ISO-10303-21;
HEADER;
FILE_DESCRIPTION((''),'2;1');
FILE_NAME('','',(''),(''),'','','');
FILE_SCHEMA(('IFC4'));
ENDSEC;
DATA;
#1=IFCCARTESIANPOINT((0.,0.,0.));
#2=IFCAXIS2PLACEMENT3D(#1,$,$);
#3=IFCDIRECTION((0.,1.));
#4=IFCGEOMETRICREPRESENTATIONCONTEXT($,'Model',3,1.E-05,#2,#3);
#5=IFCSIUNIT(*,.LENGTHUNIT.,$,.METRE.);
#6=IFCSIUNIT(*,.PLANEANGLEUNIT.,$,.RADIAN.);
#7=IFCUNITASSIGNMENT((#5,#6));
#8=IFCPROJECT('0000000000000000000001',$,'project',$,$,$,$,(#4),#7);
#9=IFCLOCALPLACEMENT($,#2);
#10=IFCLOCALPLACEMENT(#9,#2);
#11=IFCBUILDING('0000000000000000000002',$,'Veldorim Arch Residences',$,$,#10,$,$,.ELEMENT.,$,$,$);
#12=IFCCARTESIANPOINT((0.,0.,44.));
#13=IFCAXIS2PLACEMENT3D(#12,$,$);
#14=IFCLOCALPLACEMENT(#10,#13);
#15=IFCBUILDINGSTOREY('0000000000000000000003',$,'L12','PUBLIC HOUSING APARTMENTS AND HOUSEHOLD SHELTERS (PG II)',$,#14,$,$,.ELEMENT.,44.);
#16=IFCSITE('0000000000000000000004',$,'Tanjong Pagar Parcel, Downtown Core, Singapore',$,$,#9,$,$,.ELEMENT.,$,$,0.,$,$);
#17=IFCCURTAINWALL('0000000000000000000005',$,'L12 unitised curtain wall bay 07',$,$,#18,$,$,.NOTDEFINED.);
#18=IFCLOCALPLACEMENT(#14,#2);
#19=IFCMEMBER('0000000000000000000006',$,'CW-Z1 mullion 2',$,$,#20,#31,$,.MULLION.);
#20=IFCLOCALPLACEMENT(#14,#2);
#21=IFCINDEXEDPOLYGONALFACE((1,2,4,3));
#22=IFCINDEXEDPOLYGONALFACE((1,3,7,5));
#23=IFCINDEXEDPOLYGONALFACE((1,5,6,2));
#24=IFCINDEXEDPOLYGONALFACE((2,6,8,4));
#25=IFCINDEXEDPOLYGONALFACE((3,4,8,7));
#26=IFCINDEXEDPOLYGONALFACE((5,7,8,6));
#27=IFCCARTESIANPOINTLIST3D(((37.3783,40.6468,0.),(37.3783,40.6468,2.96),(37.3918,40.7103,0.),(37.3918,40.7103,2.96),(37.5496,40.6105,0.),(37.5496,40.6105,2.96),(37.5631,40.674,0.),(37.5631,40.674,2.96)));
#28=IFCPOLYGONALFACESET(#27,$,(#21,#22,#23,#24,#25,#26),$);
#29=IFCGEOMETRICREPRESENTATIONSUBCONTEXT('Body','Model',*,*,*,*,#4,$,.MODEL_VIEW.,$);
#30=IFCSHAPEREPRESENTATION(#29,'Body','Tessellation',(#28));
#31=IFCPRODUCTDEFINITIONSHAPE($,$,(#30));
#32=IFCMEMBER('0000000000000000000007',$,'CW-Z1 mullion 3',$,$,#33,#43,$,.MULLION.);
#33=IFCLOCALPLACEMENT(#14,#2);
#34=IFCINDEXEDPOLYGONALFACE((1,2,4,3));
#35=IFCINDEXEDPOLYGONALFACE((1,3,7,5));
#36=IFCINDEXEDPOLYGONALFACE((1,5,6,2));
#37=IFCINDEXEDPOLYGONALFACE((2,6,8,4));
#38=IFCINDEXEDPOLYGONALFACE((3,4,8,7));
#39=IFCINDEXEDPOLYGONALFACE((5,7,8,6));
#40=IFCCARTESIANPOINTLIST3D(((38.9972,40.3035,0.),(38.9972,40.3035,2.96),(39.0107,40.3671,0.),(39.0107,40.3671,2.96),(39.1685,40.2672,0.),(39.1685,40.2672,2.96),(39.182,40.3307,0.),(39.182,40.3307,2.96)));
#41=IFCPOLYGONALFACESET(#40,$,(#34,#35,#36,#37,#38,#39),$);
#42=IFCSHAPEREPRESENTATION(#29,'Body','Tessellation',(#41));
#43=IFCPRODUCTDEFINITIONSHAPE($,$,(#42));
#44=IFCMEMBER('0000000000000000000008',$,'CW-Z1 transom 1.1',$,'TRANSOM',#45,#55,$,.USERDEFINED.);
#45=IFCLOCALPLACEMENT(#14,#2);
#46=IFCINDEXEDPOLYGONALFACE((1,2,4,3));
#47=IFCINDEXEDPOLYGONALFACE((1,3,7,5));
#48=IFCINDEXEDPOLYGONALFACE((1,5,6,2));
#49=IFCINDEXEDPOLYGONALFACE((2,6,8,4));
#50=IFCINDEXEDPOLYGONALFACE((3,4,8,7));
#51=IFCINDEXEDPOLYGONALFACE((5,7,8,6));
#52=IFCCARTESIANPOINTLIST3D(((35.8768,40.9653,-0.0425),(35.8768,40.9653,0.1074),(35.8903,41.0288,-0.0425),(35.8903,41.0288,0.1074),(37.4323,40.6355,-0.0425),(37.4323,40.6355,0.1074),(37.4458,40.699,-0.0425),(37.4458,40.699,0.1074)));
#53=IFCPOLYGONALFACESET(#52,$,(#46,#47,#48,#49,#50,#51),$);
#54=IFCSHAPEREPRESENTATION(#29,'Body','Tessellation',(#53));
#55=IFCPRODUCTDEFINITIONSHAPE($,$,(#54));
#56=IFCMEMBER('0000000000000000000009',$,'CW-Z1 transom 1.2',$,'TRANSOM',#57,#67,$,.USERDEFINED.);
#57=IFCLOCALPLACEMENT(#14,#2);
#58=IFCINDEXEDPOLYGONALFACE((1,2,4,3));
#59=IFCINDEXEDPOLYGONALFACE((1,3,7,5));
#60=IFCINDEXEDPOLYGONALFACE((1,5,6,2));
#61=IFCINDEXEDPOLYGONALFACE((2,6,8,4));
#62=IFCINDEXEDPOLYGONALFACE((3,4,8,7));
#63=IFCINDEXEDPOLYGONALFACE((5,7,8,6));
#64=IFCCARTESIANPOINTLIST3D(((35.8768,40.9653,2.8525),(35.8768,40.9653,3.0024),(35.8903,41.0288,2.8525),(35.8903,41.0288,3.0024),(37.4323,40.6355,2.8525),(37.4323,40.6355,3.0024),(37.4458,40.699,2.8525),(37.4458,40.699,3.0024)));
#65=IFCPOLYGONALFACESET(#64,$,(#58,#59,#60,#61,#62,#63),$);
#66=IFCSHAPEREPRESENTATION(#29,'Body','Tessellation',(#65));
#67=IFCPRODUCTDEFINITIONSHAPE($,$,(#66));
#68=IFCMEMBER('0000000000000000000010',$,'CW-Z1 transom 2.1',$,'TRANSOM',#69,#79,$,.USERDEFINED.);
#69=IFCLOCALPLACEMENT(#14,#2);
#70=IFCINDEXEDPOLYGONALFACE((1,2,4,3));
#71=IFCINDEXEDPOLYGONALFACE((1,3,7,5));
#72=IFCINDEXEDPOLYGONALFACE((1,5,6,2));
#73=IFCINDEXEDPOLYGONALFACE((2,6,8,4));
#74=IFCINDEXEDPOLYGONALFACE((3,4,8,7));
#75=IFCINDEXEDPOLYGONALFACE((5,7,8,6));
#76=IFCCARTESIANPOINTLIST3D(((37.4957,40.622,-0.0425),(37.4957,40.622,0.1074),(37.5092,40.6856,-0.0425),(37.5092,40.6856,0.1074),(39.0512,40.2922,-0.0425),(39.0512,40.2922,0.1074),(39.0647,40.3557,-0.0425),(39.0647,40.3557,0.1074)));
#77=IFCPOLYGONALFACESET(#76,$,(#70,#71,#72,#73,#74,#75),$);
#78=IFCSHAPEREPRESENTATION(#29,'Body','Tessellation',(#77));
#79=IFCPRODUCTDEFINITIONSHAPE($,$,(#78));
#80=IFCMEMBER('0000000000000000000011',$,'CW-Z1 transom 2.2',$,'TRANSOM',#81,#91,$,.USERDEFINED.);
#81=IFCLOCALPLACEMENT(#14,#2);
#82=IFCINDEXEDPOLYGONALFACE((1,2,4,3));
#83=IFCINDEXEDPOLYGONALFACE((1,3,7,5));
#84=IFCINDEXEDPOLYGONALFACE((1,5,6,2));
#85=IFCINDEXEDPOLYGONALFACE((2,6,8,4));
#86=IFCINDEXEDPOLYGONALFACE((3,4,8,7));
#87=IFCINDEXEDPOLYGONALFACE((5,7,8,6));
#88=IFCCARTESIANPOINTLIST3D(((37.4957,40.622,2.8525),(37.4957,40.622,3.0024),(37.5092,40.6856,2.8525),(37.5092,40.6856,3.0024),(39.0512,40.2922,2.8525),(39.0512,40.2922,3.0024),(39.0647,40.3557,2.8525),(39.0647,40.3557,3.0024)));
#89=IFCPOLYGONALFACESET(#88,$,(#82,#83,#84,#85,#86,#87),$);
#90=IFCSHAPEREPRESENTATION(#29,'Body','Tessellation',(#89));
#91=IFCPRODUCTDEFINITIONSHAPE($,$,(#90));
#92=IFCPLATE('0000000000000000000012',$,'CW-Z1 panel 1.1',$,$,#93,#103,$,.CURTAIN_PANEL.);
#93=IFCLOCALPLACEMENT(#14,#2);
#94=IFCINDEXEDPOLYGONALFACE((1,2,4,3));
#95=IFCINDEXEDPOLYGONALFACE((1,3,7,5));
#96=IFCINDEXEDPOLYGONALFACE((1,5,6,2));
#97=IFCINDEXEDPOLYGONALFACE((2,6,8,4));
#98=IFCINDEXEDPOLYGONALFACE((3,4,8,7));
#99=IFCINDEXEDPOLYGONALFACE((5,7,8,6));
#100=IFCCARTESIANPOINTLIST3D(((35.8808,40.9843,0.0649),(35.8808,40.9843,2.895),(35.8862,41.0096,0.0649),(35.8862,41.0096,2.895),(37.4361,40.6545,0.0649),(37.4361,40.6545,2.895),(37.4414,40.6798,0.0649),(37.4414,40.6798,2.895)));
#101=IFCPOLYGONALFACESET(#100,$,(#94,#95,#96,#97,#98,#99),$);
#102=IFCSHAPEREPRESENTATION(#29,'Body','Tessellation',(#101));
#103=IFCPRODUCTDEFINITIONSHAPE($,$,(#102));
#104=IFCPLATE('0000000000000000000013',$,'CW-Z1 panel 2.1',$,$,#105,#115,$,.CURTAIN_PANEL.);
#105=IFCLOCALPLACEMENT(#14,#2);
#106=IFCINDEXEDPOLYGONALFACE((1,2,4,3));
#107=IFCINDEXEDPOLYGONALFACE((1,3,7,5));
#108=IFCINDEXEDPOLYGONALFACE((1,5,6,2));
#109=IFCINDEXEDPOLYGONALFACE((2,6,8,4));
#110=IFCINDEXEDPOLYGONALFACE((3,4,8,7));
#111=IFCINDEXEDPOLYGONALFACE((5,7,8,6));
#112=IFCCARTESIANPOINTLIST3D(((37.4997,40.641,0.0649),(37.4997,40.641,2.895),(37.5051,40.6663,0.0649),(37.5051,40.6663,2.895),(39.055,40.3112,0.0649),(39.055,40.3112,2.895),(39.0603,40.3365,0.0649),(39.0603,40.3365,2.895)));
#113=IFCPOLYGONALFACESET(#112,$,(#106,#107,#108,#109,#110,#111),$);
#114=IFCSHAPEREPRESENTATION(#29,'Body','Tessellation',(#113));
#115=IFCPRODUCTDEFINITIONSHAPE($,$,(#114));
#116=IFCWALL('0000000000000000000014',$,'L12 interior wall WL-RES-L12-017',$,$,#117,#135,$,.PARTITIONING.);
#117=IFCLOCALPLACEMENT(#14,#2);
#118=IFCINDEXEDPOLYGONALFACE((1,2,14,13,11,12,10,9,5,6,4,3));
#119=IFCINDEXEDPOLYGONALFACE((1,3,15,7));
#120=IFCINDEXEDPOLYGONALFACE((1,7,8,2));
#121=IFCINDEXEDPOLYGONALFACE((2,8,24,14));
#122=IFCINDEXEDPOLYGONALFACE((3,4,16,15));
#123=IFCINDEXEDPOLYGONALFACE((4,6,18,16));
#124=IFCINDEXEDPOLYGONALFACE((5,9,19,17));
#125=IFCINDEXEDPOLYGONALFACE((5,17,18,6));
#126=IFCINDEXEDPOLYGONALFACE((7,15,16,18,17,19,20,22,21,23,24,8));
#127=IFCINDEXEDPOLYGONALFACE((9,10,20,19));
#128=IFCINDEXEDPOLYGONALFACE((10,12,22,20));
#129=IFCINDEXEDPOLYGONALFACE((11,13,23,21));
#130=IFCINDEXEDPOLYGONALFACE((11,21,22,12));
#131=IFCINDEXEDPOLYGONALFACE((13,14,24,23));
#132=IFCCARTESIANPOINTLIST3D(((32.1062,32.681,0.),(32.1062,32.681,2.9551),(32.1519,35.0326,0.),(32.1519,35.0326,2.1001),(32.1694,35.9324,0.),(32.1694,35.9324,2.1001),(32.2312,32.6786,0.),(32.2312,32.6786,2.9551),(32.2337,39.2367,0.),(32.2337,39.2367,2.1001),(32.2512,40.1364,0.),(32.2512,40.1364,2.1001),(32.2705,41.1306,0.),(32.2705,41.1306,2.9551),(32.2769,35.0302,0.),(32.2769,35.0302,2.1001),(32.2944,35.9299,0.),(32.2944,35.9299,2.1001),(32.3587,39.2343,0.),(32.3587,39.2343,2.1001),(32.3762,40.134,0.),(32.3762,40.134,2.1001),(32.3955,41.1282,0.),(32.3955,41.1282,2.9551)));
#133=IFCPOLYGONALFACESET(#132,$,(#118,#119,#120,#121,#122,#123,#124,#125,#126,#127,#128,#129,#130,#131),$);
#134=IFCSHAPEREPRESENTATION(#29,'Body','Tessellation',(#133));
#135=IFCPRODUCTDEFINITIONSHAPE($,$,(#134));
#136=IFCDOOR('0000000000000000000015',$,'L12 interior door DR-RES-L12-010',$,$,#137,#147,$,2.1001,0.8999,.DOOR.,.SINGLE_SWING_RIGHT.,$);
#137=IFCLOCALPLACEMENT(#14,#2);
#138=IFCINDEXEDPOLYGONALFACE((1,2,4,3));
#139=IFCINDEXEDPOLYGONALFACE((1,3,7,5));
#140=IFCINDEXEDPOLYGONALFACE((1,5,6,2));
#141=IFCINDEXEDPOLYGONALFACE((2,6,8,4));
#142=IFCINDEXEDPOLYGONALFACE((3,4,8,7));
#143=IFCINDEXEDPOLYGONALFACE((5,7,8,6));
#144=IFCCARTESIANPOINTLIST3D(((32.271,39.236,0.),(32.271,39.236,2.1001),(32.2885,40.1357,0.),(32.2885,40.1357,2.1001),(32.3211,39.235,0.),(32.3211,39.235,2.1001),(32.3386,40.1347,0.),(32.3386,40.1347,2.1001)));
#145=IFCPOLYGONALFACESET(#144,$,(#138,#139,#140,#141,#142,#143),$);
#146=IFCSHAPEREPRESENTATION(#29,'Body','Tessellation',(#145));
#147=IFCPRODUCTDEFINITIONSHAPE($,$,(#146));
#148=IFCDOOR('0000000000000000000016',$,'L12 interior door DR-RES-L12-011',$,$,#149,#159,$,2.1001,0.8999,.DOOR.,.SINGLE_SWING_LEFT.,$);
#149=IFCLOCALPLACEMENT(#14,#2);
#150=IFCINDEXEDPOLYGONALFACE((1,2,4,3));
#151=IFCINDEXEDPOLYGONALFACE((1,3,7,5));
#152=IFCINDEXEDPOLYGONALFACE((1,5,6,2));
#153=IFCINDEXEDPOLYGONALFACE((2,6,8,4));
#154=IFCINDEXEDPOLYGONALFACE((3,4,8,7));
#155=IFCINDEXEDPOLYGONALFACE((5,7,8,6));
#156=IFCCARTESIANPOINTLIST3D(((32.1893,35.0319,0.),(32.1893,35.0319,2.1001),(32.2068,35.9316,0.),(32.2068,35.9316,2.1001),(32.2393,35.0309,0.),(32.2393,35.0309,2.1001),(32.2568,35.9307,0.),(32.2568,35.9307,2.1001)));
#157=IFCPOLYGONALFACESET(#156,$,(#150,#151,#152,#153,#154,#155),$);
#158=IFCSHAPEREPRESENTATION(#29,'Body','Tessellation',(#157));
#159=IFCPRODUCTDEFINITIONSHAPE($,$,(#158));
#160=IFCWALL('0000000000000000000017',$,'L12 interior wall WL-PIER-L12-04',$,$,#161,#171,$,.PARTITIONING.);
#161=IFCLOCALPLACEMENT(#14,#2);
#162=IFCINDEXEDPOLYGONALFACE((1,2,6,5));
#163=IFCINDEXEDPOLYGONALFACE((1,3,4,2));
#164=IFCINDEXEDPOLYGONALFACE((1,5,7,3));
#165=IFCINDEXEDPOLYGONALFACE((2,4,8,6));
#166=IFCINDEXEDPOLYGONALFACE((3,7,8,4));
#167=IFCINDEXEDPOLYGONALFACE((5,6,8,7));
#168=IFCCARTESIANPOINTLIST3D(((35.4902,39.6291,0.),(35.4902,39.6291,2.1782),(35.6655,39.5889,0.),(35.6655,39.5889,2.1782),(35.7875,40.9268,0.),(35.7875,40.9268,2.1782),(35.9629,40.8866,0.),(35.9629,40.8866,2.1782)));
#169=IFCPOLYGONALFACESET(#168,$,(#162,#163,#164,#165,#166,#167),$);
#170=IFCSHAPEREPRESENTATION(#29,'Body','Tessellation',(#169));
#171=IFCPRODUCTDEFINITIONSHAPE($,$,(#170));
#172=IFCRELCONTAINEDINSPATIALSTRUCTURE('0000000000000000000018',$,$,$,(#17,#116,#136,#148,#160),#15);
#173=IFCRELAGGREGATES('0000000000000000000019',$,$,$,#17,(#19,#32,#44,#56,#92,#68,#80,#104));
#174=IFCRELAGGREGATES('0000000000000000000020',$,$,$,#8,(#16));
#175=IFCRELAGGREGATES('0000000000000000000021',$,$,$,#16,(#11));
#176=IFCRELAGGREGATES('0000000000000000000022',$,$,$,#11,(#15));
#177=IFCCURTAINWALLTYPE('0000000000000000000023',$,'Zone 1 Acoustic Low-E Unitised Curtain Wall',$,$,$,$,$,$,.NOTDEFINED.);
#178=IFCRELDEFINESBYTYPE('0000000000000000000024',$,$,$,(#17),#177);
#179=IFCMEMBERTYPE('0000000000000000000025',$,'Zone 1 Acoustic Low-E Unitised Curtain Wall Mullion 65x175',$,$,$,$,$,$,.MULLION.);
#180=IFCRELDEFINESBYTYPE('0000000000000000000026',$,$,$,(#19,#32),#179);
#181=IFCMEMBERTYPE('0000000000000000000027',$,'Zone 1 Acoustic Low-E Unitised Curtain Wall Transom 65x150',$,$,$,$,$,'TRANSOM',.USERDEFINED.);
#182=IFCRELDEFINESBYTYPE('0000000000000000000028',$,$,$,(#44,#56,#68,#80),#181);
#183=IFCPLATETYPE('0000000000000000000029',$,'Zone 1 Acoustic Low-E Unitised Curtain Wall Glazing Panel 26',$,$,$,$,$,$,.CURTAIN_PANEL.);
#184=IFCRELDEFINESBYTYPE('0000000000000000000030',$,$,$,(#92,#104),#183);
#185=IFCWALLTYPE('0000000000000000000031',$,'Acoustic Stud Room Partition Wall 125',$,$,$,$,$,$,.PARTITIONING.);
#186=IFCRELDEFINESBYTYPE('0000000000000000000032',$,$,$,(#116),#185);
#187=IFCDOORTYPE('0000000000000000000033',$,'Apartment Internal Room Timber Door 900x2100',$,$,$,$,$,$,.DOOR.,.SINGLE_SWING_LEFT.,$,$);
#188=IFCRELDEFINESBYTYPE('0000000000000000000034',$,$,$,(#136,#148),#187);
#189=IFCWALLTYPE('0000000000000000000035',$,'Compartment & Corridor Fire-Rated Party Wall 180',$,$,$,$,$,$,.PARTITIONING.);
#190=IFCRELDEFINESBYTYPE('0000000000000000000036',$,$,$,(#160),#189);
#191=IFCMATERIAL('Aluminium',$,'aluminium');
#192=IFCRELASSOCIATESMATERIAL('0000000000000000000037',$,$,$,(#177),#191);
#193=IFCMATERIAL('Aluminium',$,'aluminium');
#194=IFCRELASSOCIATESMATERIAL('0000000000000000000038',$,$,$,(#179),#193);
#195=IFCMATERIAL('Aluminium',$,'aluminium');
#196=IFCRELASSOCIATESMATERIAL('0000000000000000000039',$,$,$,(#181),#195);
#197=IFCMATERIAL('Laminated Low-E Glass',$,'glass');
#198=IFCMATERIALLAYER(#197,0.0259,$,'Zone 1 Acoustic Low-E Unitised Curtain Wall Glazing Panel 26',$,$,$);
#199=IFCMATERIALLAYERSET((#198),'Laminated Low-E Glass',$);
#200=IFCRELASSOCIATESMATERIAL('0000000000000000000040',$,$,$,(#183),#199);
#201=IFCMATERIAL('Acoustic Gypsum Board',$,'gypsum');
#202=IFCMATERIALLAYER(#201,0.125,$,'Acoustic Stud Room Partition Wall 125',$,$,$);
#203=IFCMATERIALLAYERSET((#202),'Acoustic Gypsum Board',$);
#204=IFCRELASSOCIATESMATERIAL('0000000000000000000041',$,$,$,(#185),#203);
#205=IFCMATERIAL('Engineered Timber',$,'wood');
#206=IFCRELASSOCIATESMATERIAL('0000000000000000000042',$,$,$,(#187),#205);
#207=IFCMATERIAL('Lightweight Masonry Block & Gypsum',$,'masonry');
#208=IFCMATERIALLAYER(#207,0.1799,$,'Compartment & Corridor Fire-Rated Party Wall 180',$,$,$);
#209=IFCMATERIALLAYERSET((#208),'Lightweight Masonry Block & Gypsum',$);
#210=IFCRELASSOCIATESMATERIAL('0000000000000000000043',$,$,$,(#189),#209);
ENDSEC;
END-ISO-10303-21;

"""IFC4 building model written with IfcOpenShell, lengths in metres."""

from ifc_helpers import new_model, si_unit, direction, frame, frame_2d, origin, origin_2d, place, context, subcontext, project, spatial, rectangle, extrude, material, layer, layer_set, material_profile, profile_set, type_object, element, fill, aggregate, save


model = new_model("IFC4")

# Units and contexts
model_context = context("Model", 3, precision=1e-05, world=origin(), true_north=direction((0.0, 1.0)))
body_context = subcontext(model_context, "Body", "Model", "MODEL_VIEW")
ifc_project = project(units=[si_unit("LENGTHUNIT", "METRE"), si_unit("PLANEANGLEUNIT", "RADIAN")], contexts=[model_context])

# Site, building, storey
site_placement = place(None, origin())
site = spatial("IfcSite", under=ifc_project, at=site_placement, Name="Tanjong Pagar Parcel, Downtown Core, Singapore", CompositionType="ELEMENT", RefElevation=0.0)
building_placement = place(site_placement, origin())
building = spatial("IfcBuilding", under=site, at=building_placement, Name="Veldorim Arch Residences", CompositionType="ELEMENT")
storey_placement = place(building_placement, frame((0.0, 0.0, 44.0)))
storey = spatial("IfcBuildingStorey", under=building, at=storey_placement, Name="L12", Description="PUBLIC HOUSING APARTMENTS AND HOUSEHOLD SHELTERS (PG II)", CompositionType="ELEMENT", Elevation=44.0)

# Curtain wall, members, plates
ifc_material_1 = material(Name="Aluminium", Category="aluminium")
curtain_wall_type = type_object("IfcCurtainWallType", Name="Zone 1 Acoustic Low-E Unitised Curtain Wall", PredefinedType="NOTDEFINED", material=ifc_material_1)
curtain_wall_placement = place(storey_placement, origin())
curtain_wall = element("IfcCurtainWall", 1, at=curtain_wall_placement, inside=storey, type_object=curtain_wall_type, Name="L12 unitised curtain wall bay 07", PredefinedType="NOTDEFINED")
ifc_material_2 = material(Name="Aluminium", Category="aluminium")
ifc_material_profile_1 = material_profile(ifc_material_2, rectangle(XDim=0.0649, YDim=0.175, at=origin_2d()), Name="ALU_MUL_65x175")
ifc_profile_set_1 = profile_set([ifc_material_profile_1], Name="Aluminium")
member_type_1 = type_object("IfcMemberType", Name="Zone 1 Acoustic Low-E Unitised Curtain Wall Mullion 65x175", PredefinedType="MULLION", material=ifc_profile_set_1)
member_1_placement = place(storey_placement, frame((37.4707, 40.6604, 0.0), z_axis=(0.0, 0.0, 1.0), x_axis=(0.207442, 0.978247, 0.0)))
member_1 = element("IfcMember", 2, at=member_1_placement, type_object=member_type_1, Name="CW-Z1 mullion 2", PredefinedType="MULLION", context=body_context, shape_type="SweptSolid", body=[
    extrude(rectangle(XDim=0.0649, YDim=0.175, at=origin_2d()), origin(), (0.0, 0.0, 1.0), 2.96),
])
member_2_placement = place(storey_placement, frame((39.0896, 40.3171, 0.0), z_axis=(0.0, 0.0, 1.0), x_axis=(0.207442, 0.978247, 0.0)))
member_2 = element("IfcMember", 3, at=member_2_placement, type_object=member_type_1, Name="CW-Z1 mullion 3", PredefinedType="MULLION", context=body_context, shape_type="SweptSolid", body=[
    extrude(rectangle(XDim=0.0649, YDim=0.175, at=origin_2d()), origin(), (0.0, 0.0, 1.0), 2.96),
])
ifc_material_3 = material(Name="Aluminium", Category="aluminium")
ifc_material_profile_2 = material_profile(ifc_material_3, rectangle(XDim=0.0649, YDim=0.1499, at=origin_2d()), Name="ALU_TRN_65x150")
ifc_profile_set_2 = profile_set([ifc_material_profile_2], Name="Aluminium")
member_type_2 = type_object("IfcMemberType", Name="Zone 1 Acoustic Low-E Unitised Curtain Wall Transom 65x150", ElementType="TRANSOM", PredefinedType="USERDEFINED", material=ifc_profile_set_2)
member_3_placement = place(storey_placement, frame((35.8835, 40.9971, 0.0325), z_axis=(0.978247, -0.207442, 0.0), x_axis=(0.207442, 0.978247, 0.0)))
member_3 = element("IfcMember", 4, at=member_3_placement, type_object=member_type_2, Name="CW-Z1 transom 1.1", ObjectType="TRANSOM", PredefinedType="USERDEFINED", context=body_context, shape_type="SweptSolid", body=[
    extrude(rectangle(XDim=0.0649, YDim=0.1499, at=origin_2d()), origin(), (0.0, 0.0, 1.0), 1.5901),
])
member_4_placement = place(storey_placement, frame((35.8835, 40.9971, 2.9275), z_axis=(0.978247, -0.207442, 0.0), x_axis=(0.207442, 0.978247, 0.0)))
member_4 = element("IfcMember", 5, at=member_4_placement, type_object=member_type_2, Name="CW-Z1 transom 1.2", ObjectType="TRANSOM", PredefinedType="USERDEFINED", context=body_context, shape_type="SweptSolid", body=[
    extrude(rectangle(XDim=0.0649, YDim=0.1499, at=origin_2d()), origin(), (0.0, 0.0, 1.0), 1.5901),
])
member_5_placement = place(storey_placement, frame((37.5024, 40.6538, 0.0325), z_axis=(0.978247, -0.207442, 0.0), x_axis=(0.207442, 0.978247, 0.0)))
member_5 = element("IfcMember", 6, at=member_5_placement, type_object=member_type_2, Name="CW-Z1 transom 2.1", ObjectType="TRANSOM", PredefinedType="USERDEFINED", context=body_context, shape_type="SweptSolid", body=[
    extrude(rectangle(XDim=0.0649, YDim=0.1499, at=origin_2d()), origin(), (0.0, 0.0, 1.0), 1.5901),
])
member_6_placement = place(storey_placement, frame((37.5024, 40.6538, 2.9275), z_axis=(0.978247, -0.207442, 0.0), x_axis=(0.207442, 0.978247, 0.0)))
member_6 = element("IfcMember", 7, at=member_6_placement, type_object=member_type_2, Name="CW-Z1 transom 2.2", ObjectType="TRANSOM", PredefinedType="USERDEFINED", context=body_context, shape_type="SweptSolid", body=[
    extrude(rectangle(XDim=0.0649, YDim=0.1499, at=origin_2d()), origin(), (0.0, 0.0, 1.0), 1.5901),
])
ifc_material_4 = material(Name="Laminated Low-E Glass", Category="glass")
ifc_layer_1 = layer(ifc_material_4, 0.0259, Name="Zone 1 Acoustic Low-E Unitised Curtain Wall Glazing Panel 26")
ifc_layer_set_1 = layer_set([ifc_layer_1], Name="Laminated Low-E Glass")
plate_type = type_object("IfcPlateType", Name="Zone 1 Acoustic Low-E Unitised Curtain Wall Glazing Panel 26", PredefinedType="CURTAIN_PANEL", material=ifc_layer_set_1)
plate_1_placement = place(storey_placement, frame((36.6611, 40.832, 0.0649), z_axis=(0.0, 0.0, 1.0), x_axis=(0.978247, -0.207442, 0.0)))
plate_1 = element("IfcPlate", 8, at=plate_1_placement, type_object=plate_type, Name="CW-Z1 panel 1.1", PredefinedType="CURTAIN_PANEL", context=body_context, shape_type="SweptSolid", body=[
    extrude(rectangle(XDim=1.5898, YDim=0.0259, at=origin_2d()), origin(), (0.0, 0.0, 1.0), 2.8301),
])
plate_2_placement = place(storey_placement, frame((38.28, 40.4888, 0.0649), z_axis=(0.0, 0.0, 1.0), x_axis=(0.978247, -0.207442, 0.0)))
plate_2 = element("IfcPlate", 9, at=plate_2_placement, type_object=plate_type, Name="CW-Z1 panel 2.1", PredefinedType="CURTAIN_PANEL", context=body_context, shape_type="SweptSolid", body=[
    extrude(rectangle(XDim=1.5898, YDim=0.0259, at=origin_2d()), origin(), (0.0, 0.0, 1.0), 2.8301),
])
aggregate(curtain_wall, [member_1, member_2, member_3, member_4, plate_1, member_5, member_6, plate_2])

# Wall, openings, doors
ifc_material_5 = material(Name="Acoustic Gypsum Board", Category="gypsum")
ifc_layer_2 = layer(ifc_material_5, 0.125, Name="Acoustic Stud Room Partition Wall 125")
ifc_layer_set_2 = layer_set([ifc_layer_2], Name="Acoustic Gypsum Board")
wall_type_1 = type_object("IfcWallType", Name="Acoustic Stud Room Partition Wall 125", PredefinedType="PARTITIONING", material=ifc_layer_set_2)
wall_1_placement = place(storey_placement, frame((32.333, 41.1294, 0.0), z_axis=(0.0, 0.0, 1.0), x_axis=(-0.019442, -0.999811, 0.0)))
wall_1 = element("IfcWall", 10, at=wall_1_placement, inside=storey, type_object=wall_type_1, Name="L12 interior wall WL-RES-L12-017", PredefinedType="PARTITIONING", context=body_context, shape_type="SweptSolid", body=[
    extrude(rectangle(XDim=8.4512, YDim=0.125, at=frame_2d((4.2256, 0.0))), origin(), (0.0, 0.0, 1.0), 2.9551),
])
opening_1_placement = place(wall_1_placement, frame((0.9944, 0.0, 0.0)))
opening_1 = element("IfcOpeningElement", 11, at=opening_1_placement, cuts=wall_1, PredefinedType="OPENING", context=body_context, shape_type="SweptSolid", body=[
    extrude(rectangle(XDim=0.8999, YDim=2.1001, at=frame_2d((0.45, 1.05))), frame((0.0, 0.0725, 0.0), z_axis=(0.0, -1.0, 0.0), x_axis=(1.0, 0.0, 0.0)), (0.0, 0.0, 1.0), 0.145),
])
opening_2_placement = place(wall_1_placement, frame((5.1992, 0.0, 0.0)))
opening_2 = element("IfcOpeningElement", 12, at=opening_2_placement, cuts=wall_1, PredefinedType="OPENING", context=body_context, shape_type="SweptSolid", body=[
    extrude(rectangle(XDim=0.8999, YDim=2.1001, at=frame_2d((0.45, 1.05))), frame((0.0, 0.0725, 0.0), z_axis=(0.0, -1.0, 0.0), x_axis=(1.0, 0.0, 0.0)), (0.0, 0.0, 1.0), 0.145),
])
ifc_material_6 = material(Name="Engineered Timber", Category="wood")
door_type = type_object("IfcDoorType", Name="Apartment Internal Room Timber Door 900x2100", OperationType="SINGLE_SWING_LEFT", PredefinedType="DOOR", material=ifc_material_6)
door_1_placement = place(opening_1_placement, origin())
door_1 = element("IfcDoor", 13, at=door_1_placement, inside=storey, type_object=door_type, Name="L12 interior door DR-RES-L12-010", OperationType="SINGLE_SWING_RIGHT", OverallHeight=2.1001, OverallWidth=0.8999, PredefinedType="DOOR", context=body_context, shape_type="SweptSolid", body=[
    extrude(rectangle(XDim=0.8999, YDim=2.1001, at=frame_2d((0.45, 1.05))), frame((0.0, 0.0249, 0.0), z_axis=(0.0, -1.0, 0.0), x_axis=(1.0, 0.0, 0.0)), (0.0, 0.0, 1.0), 0.05),
])
fill(opening_1, door_1)
door_2_placement = place(opening_2_placement, origin())
door_2 = element("IfcDoor", 14, at=door_2_placement, inside=storey, type_object=door_type, Name="L12 interior door DR-RES-L12-011", OperationType="SINGLE_SWING_LEFT", OverallHeight=2.1001, OverallWidth=0.8999, PredefinedType="DOOR", context=body_context, shape_type="SweptSolid", body=[
    extrude(rectangle(XDim=0.8999, YDim=2.1001, at=frame_2d((0.45, 1.05))), frame((0.0, 0.0249, 0.0), z_axis=(0.0, -1.0, 0.0), x_axis=(1.0, 0.0, 0.0)), (0.0, 0.0, 1.0), 0.05),
])
fill(opening_2, door_2)

# Wall
ifc_material_7 = material(Name="Lightweight Masonry Block & Gypsum", Category="masonry")
ifc_layer_3 = layer(ifc_material_7, 0.1799, Name="Compartment & Corridor Fire-Rated Party Wall 180")
ifc_layer_set_3 = layer_set([ifc_layer_3], Name="Lightweight Masonry Block & Gypsum")
wall_type_2 = type_object("IfcWallType", Name="Compartment & Corridor Fire-Rated Party Wall 180", PredefinedType="PARTITIONING", material=ifc_layer_set_3)
wall_2_placement = place(storey_placement, frame((35.5779, 39.6091, 0.0), z_axis=(0.0, 0.0, 1.0), x_axis=(0.223373, 0.974733, 0.0)))
element("IfcWall", 15, at=wall_2_placement, inside=storey, type_object=wall_type_2, Name="L12 interior wall WL-PIER-L12-04", PredefinedType="PARTITIONING", context=body_context, shape_type="SweptSolid", body=[
    extrude(rectangle(XDim=1.3313, YDim=0.1799, at=frame_2d((0.6655, 0.0))), origin(), (0.0, 0.0, 1.0), 2.1782),
])

save(model, "model.ifc")
